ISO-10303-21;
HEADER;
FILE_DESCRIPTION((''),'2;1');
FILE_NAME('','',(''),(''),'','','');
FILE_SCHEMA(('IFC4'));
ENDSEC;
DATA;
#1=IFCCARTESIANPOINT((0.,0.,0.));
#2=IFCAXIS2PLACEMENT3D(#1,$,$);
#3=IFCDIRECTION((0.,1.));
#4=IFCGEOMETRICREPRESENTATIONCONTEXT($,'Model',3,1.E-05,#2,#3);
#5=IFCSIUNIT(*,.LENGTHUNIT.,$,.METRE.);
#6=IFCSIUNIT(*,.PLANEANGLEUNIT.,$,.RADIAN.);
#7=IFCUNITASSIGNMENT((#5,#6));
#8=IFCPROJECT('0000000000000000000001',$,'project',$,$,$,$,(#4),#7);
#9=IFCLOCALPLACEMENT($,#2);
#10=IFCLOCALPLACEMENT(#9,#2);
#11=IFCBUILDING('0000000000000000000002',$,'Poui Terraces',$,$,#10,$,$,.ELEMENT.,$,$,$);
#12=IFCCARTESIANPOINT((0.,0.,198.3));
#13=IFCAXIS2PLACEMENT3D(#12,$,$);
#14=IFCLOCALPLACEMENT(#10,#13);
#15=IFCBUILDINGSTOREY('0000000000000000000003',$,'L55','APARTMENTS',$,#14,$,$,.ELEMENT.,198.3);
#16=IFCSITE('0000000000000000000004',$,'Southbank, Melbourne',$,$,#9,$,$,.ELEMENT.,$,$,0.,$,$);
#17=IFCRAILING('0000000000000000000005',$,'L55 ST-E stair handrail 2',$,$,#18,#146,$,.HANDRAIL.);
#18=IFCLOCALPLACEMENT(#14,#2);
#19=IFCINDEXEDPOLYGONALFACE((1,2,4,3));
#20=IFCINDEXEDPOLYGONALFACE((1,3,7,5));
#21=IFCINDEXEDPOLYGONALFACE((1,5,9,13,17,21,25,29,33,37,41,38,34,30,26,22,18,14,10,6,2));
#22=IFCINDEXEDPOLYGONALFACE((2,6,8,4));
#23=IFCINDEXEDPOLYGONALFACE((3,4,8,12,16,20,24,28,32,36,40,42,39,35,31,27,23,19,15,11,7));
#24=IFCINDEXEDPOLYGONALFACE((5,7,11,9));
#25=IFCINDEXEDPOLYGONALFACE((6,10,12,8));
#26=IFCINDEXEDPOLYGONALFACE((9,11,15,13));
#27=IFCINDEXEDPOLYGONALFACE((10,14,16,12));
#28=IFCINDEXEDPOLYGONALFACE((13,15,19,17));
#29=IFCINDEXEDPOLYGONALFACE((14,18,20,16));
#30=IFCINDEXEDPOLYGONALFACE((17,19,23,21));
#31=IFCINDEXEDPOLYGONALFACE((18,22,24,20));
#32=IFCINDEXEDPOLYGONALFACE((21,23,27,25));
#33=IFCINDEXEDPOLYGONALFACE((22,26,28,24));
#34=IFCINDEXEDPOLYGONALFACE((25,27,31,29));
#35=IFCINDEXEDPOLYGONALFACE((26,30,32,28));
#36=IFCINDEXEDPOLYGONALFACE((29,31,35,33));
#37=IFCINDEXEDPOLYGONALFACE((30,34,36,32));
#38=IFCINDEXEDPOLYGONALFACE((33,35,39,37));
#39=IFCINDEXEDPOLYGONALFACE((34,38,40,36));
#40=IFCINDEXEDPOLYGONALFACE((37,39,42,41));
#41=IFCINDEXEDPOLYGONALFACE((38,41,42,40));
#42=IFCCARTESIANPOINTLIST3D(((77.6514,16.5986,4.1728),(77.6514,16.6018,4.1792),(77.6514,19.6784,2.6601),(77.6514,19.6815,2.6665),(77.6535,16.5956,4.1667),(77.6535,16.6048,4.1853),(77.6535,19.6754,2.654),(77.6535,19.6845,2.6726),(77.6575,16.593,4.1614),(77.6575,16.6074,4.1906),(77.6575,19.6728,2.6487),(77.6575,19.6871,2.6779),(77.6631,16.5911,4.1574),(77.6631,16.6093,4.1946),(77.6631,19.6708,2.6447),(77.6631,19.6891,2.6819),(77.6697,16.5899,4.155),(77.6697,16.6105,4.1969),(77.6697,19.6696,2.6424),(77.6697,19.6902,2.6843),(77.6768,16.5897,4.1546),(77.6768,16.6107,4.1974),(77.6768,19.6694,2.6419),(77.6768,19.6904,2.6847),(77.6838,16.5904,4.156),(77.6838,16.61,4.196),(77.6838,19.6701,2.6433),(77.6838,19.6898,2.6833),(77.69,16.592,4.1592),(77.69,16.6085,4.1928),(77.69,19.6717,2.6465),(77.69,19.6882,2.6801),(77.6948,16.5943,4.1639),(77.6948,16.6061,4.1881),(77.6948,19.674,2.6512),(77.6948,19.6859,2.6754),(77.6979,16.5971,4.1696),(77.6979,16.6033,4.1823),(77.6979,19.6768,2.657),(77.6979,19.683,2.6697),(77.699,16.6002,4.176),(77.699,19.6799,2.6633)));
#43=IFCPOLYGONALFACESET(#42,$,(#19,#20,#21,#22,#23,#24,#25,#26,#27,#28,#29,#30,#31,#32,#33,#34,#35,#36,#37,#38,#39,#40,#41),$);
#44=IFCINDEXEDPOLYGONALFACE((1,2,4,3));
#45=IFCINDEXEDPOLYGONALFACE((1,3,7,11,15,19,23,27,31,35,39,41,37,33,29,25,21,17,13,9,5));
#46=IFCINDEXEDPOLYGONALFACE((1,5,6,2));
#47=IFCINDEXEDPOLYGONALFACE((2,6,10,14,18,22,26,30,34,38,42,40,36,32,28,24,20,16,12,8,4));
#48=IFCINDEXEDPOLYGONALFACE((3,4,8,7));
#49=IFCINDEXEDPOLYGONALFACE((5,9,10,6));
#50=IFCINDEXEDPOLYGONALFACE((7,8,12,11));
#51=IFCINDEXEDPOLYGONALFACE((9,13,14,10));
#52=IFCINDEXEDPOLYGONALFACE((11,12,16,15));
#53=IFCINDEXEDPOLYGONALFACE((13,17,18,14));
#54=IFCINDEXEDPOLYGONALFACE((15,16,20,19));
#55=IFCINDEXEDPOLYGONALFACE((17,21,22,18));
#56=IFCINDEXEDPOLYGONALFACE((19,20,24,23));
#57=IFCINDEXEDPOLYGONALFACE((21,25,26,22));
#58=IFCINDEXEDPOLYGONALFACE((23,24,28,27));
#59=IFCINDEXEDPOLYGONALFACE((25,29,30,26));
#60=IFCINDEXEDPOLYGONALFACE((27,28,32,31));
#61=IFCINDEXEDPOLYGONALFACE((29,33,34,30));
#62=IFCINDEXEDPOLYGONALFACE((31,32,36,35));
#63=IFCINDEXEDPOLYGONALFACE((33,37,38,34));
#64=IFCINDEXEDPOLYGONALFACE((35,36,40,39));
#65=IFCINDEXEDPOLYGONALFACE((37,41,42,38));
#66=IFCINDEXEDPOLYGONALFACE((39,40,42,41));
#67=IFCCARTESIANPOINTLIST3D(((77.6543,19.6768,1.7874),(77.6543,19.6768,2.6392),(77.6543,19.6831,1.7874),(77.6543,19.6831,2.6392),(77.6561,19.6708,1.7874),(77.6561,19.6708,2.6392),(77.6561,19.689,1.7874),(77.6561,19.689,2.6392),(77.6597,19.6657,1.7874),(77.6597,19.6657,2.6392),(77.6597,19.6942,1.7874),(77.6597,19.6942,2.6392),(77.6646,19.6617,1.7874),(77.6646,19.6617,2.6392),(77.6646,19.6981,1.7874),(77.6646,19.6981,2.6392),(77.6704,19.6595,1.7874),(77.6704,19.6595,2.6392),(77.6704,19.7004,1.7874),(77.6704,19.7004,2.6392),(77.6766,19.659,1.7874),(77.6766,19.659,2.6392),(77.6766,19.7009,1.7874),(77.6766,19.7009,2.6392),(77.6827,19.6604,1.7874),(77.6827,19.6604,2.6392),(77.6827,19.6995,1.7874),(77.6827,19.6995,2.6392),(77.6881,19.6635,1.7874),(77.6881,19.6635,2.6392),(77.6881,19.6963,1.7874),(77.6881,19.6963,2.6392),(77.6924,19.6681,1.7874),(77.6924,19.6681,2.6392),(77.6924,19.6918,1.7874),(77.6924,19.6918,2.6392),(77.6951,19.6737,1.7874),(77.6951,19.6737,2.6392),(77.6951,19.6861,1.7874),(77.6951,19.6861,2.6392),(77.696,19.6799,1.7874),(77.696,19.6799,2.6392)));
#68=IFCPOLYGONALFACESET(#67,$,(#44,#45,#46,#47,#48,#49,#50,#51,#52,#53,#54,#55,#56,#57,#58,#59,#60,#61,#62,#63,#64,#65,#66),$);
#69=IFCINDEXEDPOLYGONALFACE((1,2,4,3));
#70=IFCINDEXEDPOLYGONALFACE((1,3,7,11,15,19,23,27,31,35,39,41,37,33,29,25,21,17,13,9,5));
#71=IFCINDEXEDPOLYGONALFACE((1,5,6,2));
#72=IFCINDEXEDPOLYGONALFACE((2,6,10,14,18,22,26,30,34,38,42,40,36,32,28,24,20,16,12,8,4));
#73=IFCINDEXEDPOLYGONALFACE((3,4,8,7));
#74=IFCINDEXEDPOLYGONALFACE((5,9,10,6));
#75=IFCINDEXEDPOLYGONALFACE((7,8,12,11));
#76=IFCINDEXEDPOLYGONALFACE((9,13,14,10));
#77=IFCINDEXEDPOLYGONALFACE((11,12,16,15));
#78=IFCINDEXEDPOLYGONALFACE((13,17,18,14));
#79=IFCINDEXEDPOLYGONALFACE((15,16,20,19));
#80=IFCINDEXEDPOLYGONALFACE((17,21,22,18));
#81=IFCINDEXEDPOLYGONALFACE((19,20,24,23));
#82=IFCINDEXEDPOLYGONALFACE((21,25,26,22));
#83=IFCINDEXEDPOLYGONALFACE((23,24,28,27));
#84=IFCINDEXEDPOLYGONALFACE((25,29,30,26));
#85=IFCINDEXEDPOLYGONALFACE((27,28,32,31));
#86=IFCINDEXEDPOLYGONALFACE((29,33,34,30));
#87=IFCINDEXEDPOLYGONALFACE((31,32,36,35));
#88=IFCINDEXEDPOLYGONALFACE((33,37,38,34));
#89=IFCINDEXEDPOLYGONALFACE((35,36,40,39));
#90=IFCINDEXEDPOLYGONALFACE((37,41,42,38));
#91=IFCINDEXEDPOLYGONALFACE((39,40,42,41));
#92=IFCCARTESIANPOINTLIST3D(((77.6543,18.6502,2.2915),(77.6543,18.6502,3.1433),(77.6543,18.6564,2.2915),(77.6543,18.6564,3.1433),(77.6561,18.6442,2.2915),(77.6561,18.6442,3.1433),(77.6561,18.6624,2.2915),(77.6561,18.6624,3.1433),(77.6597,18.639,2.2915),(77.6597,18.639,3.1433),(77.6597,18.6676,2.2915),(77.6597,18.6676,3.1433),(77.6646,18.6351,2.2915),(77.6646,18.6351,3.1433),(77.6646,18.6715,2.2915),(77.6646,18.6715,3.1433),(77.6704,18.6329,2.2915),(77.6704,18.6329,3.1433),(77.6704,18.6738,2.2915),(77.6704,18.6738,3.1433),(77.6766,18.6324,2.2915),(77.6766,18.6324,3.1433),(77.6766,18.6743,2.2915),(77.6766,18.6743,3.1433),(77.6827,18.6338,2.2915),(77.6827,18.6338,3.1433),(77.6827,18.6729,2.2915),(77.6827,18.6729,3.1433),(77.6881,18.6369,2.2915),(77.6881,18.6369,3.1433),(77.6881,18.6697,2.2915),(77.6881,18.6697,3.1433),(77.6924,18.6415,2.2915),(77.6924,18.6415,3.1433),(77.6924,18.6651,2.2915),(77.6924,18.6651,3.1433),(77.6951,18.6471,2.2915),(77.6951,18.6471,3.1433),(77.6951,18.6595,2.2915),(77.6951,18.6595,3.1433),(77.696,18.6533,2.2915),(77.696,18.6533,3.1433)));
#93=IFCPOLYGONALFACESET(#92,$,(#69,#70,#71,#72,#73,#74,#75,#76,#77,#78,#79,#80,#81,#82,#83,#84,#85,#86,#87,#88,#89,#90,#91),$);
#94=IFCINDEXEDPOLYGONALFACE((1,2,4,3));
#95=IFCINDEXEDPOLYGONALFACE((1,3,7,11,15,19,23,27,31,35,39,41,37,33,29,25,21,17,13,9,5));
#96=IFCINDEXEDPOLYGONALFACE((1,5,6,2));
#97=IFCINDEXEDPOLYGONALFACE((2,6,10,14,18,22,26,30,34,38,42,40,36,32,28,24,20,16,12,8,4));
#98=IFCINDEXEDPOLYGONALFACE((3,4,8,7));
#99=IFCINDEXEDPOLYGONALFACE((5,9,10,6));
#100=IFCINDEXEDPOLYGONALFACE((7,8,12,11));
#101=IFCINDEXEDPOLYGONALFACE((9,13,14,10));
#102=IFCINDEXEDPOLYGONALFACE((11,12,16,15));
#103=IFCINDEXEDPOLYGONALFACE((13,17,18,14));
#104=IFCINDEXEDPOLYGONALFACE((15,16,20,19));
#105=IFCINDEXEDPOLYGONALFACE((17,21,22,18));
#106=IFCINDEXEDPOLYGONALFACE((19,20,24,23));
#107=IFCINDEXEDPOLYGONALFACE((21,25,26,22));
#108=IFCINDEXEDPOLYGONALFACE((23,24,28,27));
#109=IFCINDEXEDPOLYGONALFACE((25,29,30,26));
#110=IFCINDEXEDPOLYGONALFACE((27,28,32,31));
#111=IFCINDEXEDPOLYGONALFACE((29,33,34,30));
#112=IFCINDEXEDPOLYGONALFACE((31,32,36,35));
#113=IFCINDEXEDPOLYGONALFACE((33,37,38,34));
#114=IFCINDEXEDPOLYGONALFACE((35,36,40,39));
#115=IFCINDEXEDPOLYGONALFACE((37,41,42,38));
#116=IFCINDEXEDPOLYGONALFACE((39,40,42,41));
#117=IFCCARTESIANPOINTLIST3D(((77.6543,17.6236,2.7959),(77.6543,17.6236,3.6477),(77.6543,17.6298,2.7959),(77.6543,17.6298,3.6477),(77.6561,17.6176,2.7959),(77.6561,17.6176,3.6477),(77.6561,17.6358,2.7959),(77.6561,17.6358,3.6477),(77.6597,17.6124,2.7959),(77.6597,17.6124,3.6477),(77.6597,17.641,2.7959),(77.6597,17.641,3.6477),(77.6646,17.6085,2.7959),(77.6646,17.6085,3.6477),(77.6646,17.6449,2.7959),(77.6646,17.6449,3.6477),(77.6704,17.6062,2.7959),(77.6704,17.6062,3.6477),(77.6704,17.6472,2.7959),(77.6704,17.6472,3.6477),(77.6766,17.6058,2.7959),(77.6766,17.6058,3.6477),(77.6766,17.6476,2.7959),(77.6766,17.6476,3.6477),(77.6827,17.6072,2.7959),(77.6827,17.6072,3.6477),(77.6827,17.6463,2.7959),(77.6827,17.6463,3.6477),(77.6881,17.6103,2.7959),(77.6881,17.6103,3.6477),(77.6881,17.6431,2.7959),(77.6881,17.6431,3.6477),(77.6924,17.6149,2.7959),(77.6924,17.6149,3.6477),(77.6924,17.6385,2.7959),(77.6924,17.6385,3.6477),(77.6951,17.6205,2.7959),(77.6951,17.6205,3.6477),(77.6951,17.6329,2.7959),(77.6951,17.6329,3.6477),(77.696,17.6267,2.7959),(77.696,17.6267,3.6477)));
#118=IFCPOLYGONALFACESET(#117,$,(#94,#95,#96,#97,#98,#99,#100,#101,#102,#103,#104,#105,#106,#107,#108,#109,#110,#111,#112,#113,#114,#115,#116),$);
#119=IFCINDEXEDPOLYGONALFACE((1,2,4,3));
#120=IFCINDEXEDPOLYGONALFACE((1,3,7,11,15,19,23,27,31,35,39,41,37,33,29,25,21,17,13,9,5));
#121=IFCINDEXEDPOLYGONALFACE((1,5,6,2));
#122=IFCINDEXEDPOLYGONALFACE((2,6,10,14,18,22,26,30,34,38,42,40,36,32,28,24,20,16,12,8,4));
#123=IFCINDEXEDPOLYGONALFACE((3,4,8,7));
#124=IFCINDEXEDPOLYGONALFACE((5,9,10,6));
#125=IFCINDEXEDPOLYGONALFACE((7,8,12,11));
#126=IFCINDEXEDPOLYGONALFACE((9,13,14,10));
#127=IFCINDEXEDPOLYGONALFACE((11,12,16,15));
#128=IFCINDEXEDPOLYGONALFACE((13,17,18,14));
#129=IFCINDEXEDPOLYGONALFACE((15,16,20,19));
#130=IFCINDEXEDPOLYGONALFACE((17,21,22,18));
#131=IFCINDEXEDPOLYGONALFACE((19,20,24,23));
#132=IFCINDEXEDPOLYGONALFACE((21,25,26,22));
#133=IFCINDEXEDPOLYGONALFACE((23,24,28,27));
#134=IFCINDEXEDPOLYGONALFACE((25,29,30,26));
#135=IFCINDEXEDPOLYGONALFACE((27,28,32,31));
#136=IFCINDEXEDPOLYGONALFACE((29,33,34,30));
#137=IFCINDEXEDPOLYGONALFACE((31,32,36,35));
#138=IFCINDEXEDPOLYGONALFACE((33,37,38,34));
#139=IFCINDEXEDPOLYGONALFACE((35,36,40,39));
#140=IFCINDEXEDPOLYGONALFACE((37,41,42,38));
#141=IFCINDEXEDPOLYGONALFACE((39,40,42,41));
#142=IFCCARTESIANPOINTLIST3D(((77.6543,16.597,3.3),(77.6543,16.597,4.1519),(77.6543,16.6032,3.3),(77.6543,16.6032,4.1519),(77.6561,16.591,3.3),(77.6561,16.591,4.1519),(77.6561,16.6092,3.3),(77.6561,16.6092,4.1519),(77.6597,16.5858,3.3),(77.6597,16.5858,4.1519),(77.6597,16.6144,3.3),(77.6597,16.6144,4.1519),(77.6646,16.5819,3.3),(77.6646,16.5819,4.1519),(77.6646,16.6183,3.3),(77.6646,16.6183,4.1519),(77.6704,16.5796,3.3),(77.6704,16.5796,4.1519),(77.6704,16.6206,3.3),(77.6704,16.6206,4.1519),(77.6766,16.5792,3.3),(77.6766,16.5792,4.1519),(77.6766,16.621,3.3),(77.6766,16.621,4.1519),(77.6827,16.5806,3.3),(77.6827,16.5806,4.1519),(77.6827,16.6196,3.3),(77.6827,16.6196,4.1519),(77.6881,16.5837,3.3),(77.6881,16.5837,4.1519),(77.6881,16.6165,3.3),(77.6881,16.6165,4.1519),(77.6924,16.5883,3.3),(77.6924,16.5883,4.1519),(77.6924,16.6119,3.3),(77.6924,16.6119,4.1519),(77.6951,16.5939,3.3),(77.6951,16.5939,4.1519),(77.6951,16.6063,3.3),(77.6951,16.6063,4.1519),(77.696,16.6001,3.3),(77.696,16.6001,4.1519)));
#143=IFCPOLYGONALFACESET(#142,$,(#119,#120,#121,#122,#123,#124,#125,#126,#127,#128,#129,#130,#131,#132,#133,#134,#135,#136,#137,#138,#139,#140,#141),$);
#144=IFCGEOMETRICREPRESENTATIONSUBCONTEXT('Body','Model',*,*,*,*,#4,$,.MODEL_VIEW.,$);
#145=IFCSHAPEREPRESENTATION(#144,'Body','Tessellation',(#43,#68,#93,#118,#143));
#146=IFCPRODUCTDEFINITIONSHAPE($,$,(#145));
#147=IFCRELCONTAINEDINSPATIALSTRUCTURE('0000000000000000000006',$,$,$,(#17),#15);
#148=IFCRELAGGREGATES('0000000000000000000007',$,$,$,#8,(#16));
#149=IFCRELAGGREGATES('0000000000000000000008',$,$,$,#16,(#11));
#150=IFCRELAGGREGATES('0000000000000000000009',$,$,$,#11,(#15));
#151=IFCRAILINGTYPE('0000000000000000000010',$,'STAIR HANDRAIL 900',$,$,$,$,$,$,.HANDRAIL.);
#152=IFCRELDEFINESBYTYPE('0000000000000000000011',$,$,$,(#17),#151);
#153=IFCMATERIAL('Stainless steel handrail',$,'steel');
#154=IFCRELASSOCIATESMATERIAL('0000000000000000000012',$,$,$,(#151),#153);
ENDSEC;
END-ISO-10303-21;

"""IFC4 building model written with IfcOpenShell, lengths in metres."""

from ifc_helpers import new_model, si_unit, direction, frame, origin, origin_2d, place, context, subcontext, project, spatial, circle, extrude, material, type_object, element, save


model = new_model("IFC4")

# Units and contexts
model_context = context("Model", 3, precision=1e-05, world=origin(), true_north=direction((0.0, 1.0)))
body_context = subcontext(model_context, "Body", "Model", "MODEL_VIEW")
ifc_project = project(units=[si_unit("LENGTHUNIT", "METRE"), si_unit("PLANEANGLEUNIT", "RADIAN")], contexts=[model_context])

# Site, building, storey
site_placement = place(None, origin())
site = spatial("IfcSite", under=ifc_project, at=site_placement, Name="Southbank, Melbourne", CompositionType="ELEMENT", RefElevation=0.0)
building_placement = place(site_placement, origin())
building = spatial("IfcBuilding", under=site, at=building_placement, Name="Poui Terraces", CompositionType="ELEMENT")
storey_placement = place(building_placement, frame((0.0, 0.0, 198.3)))
storey = spatial("IfcBuildingStorey", under=building, at=storey_placement, Name="L55", Description="APARTMENTS", CompositionType="ELEMENT", Elevation=198.3)

# Railing
ifc_material_1 = material(Name="Stainless steel handrail", Category="steel")
railing_type_1 = type_object("IfcRailingType", Name="STAIR HANDRAIL 900", PredefinedType="HANDRAIL", material=ifc_material_1)
railing_1_placement = place(storey_placement, frame((77.675, 19.6799, 1.7874)))
element("IfcRailing", 1, at=railing_1_placement, inside=storey, type_object=railing_type_1, Name="L55 ST-E stair handrail 2", PredefinedType="HANDRAIL", context=body_context, shape_type="SweptSolid", body=[
    extrude(circle(Radius=0.0239, at=origin_2d()), frame((0.0, 0.0, 0.876), z_axis=(0.0, -0.897578, 0.440856), x_axis=(1.0, 0.0, 0.0)), (0.0, 0.0, 1.0), 3.4312),
    extrude(circle(Radius=0.021, at=origin_2d()), origin(), (0.0, 0.0, 1.0), 0.8518),
    extrude(circle(Radius=0.021, at=origin_2d()), frame((0.0, -1.0266, 0.5042)), (0.0, 0.0, 1.0), 0.8518),
    extrude(circle(Radius=0.021, at=origin_2d()), frame((0.0, -2.0532, 1.0085)), (0.0, 0.0, 1.0), 0.8518),
    extrude(circle(Radius=0.021, at=origin_2d()), frame((0.0, -3.0798, 1.5127)), (0.0, 0.0, 1.0), 0.8518),
])

save(model, "model.ifc")
